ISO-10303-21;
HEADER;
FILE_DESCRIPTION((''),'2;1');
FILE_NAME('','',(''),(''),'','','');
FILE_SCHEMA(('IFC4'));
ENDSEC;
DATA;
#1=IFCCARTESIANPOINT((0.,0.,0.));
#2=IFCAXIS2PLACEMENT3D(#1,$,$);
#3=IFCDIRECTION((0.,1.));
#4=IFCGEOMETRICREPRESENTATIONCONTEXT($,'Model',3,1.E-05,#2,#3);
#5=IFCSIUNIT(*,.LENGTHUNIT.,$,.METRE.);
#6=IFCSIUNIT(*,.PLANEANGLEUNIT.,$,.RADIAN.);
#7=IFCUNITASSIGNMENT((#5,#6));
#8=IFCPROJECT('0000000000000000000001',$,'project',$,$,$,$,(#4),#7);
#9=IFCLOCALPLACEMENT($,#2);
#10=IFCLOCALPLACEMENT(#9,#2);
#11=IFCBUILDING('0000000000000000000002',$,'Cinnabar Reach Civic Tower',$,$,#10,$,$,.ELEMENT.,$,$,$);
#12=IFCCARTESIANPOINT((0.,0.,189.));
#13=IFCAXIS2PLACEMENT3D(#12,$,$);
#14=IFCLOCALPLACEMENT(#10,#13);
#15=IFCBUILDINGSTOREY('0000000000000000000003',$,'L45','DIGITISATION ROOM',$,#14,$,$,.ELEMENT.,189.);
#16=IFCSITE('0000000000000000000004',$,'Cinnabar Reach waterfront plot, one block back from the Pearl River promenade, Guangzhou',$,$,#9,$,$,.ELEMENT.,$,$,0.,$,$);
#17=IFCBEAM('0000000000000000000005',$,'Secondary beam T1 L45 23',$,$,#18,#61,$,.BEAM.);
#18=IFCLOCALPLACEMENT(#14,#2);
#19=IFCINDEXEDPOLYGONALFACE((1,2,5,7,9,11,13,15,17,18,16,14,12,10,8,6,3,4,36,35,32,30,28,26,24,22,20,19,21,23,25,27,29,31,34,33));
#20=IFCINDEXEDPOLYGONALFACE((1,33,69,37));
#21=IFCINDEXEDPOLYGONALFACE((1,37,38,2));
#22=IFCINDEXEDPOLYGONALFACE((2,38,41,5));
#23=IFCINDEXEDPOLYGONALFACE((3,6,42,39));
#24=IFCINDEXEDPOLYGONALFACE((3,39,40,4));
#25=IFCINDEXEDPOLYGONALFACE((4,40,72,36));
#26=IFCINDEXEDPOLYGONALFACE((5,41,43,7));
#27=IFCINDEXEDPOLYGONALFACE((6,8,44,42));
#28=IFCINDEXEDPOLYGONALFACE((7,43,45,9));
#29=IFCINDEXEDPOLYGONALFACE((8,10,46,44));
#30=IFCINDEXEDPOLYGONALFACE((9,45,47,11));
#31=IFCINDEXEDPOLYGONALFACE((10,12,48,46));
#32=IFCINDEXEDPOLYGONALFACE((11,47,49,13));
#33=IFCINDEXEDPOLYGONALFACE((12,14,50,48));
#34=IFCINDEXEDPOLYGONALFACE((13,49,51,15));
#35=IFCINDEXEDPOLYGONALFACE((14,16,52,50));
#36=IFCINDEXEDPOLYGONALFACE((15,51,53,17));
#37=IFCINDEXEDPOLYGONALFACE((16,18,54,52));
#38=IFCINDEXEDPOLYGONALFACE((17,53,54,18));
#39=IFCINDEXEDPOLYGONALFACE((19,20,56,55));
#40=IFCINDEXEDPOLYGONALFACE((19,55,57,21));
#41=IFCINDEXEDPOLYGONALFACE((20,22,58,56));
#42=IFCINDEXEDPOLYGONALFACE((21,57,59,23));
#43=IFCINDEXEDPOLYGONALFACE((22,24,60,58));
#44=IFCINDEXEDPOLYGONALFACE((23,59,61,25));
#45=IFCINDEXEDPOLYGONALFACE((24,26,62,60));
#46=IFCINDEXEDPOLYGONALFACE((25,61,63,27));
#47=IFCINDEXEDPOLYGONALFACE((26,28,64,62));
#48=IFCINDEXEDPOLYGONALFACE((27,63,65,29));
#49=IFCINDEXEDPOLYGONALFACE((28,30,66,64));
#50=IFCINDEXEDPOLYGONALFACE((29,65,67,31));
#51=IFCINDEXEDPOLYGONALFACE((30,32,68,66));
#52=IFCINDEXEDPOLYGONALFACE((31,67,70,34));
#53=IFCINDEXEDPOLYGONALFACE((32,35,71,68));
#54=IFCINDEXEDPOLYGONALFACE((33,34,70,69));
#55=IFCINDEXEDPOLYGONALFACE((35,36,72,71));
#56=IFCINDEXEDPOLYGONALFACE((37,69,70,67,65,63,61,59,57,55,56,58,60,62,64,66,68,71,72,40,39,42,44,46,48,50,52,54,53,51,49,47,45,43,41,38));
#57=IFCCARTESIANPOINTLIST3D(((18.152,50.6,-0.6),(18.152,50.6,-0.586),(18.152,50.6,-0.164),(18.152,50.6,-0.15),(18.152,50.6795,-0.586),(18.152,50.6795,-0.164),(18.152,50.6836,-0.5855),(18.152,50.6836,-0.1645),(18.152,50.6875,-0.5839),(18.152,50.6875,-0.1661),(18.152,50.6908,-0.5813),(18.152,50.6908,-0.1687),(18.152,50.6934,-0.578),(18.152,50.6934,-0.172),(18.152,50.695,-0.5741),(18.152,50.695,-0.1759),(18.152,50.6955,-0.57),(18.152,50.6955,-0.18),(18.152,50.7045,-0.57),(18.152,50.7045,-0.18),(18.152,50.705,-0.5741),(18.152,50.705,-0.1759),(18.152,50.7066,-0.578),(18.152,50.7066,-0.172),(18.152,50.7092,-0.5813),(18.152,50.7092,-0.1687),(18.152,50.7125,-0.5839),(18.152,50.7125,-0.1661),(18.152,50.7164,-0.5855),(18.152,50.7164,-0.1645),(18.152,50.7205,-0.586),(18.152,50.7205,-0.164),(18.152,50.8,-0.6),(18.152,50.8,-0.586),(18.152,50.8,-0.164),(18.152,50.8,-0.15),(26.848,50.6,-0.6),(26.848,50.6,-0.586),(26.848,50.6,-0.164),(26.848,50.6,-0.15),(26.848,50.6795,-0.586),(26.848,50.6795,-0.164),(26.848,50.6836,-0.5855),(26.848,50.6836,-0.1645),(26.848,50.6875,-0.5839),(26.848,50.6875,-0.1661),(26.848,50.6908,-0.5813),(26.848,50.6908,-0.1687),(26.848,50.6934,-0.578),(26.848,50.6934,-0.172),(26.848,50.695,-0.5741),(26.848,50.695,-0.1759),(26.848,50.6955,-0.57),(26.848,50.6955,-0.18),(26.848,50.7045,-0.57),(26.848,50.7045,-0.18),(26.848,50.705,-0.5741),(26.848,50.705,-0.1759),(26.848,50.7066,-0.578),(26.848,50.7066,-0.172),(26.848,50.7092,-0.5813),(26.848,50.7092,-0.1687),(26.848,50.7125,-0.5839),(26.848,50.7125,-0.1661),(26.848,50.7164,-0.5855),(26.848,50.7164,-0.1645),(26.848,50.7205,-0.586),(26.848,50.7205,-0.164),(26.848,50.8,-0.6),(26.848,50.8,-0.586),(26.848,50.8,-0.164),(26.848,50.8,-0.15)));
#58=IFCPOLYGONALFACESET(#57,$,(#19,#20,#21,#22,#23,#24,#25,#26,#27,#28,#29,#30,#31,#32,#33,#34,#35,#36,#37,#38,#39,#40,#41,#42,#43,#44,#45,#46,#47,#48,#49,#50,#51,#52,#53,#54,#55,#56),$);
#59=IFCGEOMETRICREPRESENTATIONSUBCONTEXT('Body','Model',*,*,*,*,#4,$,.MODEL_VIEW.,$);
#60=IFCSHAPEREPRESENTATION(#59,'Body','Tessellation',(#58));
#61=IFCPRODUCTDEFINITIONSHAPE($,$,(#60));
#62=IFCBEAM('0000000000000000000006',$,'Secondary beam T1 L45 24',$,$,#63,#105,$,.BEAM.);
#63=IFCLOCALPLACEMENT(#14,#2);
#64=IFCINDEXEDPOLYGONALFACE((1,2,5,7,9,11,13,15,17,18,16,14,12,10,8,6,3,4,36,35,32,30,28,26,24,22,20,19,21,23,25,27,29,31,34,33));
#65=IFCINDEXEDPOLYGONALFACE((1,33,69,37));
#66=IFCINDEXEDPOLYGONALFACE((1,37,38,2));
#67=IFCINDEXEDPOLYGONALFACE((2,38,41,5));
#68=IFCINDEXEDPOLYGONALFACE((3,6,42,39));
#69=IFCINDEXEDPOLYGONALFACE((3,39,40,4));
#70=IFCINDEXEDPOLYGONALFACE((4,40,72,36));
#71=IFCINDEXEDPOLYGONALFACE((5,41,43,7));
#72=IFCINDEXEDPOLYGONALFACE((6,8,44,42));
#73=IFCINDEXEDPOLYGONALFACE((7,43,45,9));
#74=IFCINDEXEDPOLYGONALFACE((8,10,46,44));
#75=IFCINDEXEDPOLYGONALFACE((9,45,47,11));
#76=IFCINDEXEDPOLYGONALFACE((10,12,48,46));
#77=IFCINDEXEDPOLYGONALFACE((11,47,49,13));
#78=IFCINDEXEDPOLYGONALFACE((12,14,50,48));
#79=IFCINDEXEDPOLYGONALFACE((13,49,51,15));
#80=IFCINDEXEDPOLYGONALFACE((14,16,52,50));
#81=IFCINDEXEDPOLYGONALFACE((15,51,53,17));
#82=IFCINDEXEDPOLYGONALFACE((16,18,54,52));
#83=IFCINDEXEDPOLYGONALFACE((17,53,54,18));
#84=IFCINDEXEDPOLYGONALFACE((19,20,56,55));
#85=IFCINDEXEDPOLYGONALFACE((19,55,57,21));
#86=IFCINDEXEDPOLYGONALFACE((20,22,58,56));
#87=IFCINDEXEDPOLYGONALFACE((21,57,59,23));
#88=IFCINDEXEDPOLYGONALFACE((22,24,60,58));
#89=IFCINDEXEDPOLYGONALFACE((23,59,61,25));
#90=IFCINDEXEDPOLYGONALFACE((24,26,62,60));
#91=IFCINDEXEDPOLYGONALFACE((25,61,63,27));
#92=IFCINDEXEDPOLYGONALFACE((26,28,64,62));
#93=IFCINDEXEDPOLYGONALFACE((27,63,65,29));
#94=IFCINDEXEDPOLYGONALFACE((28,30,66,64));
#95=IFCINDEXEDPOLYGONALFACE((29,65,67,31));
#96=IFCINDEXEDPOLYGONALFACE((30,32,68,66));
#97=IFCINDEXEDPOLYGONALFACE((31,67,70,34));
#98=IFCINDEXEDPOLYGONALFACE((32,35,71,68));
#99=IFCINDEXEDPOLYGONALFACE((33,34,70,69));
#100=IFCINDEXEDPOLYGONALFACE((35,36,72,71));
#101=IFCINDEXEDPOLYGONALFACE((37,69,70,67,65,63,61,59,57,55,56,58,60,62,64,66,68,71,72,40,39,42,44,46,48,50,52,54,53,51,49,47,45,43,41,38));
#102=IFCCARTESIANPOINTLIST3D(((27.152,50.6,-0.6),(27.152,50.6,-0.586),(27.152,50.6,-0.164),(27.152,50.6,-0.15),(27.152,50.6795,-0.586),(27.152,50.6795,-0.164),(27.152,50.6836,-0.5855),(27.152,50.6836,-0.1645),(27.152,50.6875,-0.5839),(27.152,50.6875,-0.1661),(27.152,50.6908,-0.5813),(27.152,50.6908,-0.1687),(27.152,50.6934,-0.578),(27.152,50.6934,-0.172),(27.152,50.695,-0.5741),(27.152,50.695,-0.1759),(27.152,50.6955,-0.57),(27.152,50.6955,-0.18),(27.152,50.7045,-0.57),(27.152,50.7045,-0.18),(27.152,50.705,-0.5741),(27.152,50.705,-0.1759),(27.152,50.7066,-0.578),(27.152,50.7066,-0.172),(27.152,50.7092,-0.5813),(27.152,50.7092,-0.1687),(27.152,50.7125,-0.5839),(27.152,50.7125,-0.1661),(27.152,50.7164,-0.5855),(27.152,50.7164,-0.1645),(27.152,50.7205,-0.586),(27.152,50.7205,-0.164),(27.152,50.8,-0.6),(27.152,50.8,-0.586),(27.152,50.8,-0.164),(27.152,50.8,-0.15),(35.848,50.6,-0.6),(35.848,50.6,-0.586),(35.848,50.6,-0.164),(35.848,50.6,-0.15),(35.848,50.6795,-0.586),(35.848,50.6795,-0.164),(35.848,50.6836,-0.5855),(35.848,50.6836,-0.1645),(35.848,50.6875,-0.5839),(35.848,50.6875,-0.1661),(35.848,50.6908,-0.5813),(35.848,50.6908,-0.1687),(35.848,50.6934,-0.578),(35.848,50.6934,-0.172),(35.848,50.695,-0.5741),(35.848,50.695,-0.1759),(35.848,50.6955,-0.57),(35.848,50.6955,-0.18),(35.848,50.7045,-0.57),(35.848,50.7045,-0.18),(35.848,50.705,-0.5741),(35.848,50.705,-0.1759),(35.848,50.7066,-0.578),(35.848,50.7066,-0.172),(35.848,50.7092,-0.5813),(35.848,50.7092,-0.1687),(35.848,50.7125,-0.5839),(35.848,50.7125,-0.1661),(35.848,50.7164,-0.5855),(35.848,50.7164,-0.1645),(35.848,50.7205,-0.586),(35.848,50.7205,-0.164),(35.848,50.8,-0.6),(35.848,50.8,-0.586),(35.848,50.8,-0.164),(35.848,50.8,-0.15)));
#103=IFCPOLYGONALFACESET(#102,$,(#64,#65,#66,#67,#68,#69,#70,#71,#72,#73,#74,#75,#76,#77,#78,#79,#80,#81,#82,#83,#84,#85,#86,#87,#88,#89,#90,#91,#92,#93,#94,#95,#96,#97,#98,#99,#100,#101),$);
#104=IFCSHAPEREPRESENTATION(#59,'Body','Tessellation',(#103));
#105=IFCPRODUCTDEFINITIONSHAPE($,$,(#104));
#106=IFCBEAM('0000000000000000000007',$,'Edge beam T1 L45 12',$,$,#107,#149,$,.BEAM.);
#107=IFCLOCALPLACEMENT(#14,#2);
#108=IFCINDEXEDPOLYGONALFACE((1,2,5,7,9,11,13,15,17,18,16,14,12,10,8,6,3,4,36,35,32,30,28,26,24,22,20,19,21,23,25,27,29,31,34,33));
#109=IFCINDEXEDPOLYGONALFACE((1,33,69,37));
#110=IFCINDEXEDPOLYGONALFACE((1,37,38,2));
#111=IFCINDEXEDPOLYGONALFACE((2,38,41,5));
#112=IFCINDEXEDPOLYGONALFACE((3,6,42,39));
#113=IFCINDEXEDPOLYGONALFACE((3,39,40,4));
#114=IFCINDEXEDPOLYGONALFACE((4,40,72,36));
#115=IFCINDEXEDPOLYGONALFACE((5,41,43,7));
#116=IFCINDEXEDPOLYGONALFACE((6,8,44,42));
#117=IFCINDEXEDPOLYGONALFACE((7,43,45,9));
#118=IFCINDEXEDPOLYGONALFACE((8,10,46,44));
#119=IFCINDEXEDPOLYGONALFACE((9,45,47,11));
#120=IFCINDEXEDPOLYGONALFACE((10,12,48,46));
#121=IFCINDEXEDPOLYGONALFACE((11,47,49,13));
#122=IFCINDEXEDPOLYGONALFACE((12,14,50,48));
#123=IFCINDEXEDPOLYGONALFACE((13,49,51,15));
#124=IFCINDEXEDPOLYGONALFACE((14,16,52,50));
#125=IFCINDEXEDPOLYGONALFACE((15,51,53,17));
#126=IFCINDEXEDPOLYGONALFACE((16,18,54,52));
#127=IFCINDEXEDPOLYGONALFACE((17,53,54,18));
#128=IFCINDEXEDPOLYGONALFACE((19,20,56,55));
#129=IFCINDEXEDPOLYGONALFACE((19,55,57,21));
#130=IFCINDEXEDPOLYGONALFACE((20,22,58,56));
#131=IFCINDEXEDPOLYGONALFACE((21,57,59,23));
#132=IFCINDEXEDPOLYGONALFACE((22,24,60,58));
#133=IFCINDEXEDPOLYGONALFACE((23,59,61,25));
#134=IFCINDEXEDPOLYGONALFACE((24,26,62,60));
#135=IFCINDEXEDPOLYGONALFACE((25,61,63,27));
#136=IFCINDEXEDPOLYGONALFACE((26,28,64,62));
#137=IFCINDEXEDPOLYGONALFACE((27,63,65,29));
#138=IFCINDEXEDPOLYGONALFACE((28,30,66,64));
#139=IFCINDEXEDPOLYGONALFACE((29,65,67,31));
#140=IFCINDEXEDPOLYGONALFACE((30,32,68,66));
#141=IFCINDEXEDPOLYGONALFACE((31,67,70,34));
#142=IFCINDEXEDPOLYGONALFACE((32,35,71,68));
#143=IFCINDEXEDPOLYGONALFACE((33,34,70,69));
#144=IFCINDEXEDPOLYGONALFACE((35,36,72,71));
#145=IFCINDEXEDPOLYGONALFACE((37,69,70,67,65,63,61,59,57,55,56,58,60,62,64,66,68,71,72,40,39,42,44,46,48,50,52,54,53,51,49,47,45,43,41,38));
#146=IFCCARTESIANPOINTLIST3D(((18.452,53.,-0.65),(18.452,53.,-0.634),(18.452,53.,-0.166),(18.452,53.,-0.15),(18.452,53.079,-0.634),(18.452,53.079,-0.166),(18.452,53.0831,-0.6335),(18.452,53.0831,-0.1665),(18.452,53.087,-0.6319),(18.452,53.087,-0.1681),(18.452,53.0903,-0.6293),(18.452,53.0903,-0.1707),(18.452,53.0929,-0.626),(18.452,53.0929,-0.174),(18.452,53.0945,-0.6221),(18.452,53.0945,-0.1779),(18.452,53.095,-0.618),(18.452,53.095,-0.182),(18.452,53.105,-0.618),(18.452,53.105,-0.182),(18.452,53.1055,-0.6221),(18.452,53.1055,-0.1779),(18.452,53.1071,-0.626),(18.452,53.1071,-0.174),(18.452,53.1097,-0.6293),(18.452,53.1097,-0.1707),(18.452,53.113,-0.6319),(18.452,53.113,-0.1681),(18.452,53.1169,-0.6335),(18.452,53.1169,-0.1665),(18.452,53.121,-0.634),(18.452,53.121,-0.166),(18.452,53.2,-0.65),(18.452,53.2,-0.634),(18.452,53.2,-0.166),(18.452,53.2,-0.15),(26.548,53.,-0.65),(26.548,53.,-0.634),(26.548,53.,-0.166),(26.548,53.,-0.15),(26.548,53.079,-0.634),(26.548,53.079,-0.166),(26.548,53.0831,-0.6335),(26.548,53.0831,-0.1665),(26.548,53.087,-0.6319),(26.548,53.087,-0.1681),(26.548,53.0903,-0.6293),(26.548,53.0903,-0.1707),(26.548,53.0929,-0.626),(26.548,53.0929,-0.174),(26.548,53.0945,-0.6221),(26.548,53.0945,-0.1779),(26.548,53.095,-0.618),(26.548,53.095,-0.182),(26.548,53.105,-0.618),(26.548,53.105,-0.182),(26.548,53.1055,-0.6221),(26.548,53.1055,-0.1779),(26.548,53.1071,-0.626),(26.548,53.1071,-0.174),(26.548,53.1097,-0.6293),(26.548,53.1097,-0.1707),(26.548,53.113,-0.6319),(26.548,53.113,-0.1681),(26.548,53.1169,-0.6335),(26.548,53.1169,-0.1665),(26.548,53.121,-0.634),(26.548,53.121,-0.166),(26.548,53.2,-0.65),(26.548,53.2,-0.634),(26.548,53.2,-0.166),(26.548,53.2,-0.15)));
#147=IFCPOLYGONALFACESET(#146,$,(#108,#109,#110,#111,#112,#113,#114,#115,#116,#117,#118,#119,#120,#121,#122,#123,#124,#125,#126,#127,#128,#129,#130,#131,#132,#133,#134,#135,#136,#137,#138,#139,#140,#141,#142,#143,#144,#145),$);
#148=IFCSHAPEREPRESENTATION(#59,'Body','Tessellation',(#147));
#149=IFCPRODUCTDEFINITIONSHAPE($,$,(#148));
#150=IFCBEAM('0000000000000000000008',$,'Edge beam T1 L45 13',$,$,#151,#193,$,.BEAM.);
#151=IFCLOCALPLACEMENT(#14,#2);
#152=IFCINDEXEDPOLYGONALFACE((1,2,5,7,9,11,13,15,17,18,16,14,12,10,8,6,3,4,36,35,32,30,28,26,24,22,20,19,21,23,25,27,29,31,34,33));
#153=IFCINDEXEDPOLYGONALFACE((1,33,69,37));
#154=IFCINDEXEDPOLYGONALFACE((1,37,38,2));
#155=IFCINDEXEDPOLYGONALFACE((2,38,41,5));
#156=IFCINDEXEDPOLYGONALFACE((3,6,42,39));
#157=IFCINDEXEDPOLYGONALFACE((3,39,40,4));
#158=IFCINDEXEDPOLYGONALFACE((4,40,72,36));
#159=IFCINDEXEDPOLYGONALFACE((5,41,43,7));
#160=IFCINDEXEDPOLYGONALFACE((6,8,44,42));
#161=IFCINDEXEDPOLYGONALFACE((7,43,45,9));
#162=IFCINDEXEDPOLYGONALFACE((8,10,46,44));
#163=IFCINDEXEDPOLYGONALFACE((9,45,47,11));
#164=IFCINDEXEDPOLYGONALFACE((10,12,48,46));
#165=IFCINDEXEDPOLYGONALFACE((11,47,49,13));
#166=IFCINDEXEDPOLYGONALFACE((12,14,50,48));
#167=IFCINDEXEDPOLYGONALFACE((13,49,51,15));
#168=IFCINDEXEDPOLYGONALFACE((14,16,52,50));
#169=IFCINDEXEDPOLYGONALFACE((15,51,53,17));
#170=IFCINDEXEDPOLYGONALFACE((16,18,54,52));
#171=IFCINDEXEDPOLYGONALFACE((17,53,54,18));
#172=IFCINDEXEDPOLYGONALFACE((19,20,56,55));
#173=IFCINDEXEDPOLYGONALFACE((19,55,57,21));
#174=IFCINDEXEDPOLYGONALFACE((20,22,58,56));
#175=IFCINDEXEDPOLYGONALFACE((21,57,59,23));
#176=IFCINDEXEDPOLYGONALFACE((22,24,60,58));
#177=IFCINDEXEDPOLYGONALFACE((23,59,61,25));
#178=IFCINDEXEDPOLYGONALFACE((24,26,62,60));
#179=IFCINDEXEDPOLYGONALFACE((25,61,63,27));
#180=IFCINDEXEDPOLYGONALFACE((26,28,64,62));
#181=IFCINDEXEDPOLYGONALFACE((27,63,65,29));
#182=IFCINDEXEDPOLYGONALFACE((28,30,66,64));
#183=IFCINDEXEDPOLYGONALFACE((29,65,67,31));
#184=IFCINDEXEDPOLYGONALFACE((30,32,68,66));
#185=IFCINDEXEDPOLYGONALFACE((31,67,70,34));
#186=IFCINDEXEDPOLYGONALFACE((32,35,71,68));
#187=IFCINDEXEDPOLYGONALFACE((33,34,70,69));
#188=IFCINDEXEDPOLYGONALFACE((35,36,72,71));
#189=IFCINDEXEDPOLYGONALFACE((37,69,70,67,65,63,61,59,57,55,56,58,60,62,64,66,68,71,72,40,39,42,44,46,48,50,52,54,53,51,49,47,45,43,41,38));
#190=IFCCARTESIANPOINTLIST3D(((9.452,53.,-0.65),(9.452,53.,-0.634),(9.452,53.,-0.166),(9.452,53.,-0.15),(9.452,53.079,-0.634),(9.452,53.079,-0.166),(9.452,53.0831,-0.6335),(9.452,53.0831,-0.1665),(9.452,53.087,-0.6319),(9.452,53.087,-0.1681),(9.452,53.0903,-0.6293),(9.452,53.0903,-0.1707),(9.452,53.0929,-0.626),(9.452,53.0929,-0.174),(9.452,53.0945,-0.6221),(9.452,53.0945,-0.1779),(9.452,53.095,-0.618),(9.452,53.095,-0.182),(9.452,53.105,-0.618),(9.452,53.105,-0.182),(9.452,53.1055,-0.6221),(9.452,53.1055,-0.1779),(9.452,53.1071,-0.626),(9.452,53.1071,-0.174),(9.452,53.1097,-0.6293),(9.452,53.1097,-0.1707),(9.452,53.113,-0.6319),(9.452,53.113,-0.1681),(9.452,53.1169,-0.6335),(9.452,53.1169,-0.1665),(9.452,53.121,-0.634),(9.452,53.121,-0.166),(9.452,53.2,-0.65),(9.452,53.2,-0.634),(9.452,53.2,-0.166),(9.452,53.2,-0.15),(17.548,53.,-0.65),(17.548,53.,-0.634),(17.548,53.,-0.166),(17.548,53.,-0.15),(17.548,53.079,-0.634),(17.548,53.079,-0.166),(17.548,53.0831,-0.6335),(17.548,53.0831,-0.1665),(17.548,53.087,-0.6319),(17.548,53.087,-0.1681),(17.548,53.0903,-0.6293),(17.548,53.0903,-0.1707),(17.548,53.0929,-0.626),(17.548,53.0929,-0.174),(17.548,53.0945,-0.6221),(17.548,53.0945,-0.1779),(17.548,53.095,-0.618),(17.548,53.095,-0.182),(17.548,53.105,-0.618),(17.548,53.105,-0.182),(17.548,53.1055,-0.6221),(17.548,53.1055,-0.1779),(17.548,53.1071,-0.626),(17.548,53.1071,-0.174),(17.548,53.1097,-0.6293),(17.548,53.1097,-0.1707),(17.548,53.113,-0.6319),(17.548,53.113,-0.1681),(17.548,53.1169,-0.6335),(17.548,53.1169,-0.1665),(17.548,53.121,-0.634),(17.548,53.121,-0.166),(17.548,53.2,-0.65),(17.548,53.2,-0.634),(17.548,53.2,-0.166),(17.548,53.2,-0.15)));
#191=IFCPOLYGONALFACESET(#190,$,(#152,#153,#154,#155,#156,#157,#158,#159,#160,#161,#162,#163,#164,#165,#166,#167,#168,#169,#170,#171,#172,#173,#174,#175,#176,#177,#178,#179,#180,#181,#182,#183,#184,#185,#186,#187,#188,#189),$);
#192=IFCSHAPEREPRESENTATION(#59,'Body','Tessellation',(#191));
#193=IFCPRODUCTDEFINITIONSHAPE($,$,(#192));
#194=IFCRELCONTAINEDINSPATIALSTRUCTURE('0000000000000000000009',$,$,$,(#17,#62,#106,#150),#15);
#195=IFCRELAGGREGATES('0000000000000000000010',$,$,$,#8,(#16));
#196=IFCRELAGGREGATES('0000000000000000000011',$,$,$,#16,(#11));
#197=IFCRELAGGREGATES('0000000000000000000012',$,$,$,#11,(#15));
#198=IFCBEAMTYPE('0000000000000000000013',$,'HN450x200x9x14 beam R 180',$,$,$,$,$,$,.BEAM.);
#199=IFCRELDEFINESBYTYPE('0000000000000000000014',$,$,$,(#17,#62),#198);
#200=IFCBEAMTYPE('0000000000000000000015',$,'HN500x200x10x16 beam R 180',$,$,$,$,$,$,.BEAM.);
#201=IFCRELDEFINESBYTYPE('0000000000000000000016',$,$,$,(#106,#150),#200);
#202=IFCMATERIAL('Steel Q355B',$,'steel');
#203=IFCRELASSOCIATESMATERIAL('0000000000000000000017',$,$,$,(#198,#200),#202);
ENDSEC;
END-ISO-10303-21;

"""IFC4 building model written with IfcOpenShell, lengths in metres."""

from ifc_helpers import new_model, si_unit, direction, frame, origin, origin_2d, place, context, subcontext, project, spatial, i_section, extrude, material, material_profile, profile_set, type_object, element, save


model = new_model("IFC4")

# Units and contexts
model_context = context("Model", 3, precision=1e-05, world=origin(), true_north=direction((0.0, 1.0)))
body_context = subcontext(model_context, "Body", "Model", "MODEL_VIEW")
ifc_project = project(units=[si_unit("LENGTHUNIT", "METRE"), si_unit("PLANEANGLEUNIT", "RADIAN")], contexts=[model_context])

# Site, building, storey
site_placement = place(None, origin())
site = spatial("IfcSite", under=ifc_project, at=site_placement, Name="Cinnabar Reach waterfront plot, one block back from the Pearl River promenade, Guangzhou", CompositionType="ELEMENT", RefElevation=0.0)
building_placement = place(site_placement, origin())
building = spatial("IfcBuilding", under=site, at=building_placement, Name="Cinnabar Reach Civic Tower", CompositionType="ELEMENT")
storey_placement = place(building_placement, frame((0.0, 0.0, 189.0)))
storey = spatial("IfcBuildingStorey", under=building, at=storey_placement, Name="L45", Description="DIGITISATION ROOM", CompositionType="ELEMENT", Elevation=189.0)

# Beams
ifc_material_1 = material(Name="Steel Q355B", Category="steel")
ifc_material_profile_1 = material_profile(ifc_material_1, i_section(OverallWidth=0.2, OverallDepth=0.45, WebThickness=0.009, FlangeThickness=0.014, FilletRadius=0.016, at=origin_2d()), Name="HN450x200x9x14")
ifc_profile_set_1 = profile_set([ifc_material_profile_1], Name="Steel Q355B")
beam_type_1 = type_object("IfcBeamType", Name="HN450x200x9x14 beam R 180", PredefinedType="BEAM", material=ifc_profile_set_1)
for number, where, z_axis, x_axis, name in (
    (1, (18.152, 50.7, -0.375), (1.0, 0.0, 0.0), (0.0, 1.0, 0.0), "Secondary beam T1 L45 23"),
    (2, (27.152, 50.7, -0.375), (1.0, 0.0, 0.0), (0.0, 1.0, 0.0), "Secondary beam T1 L45 24"),
):
    element("IfcBeam", number, at=place(storey_placement, frame(where, z_axis=z_axis, x_axis=x_axis)), inside=storey, type_object=beam_type_1, Name=name, PredefinedType="BEAM", context=body_context, shape_type="SweptSolid", body=[
        extrude(i_section(OverallWidth=0.2, OverallDepth=0.45, WebThickness=0.009, FlangeThickness=0.014, FilletRadius=0.016, at=origin_2d()), origin(), (0.0, 0.0, 1.0), 8.696),
    ])
ifc_material_profile_2 = material_profile(ifc_material_1, i_section(OverallWidth=0.2, OverallDepth=0.5, WebThickness=0.01, FlangeThickness=0.016, FilletRadius=0.016, at=origin_2d()), Name="HN500x200x10x16")
ifc_profile_set_2 = profile_set([ifc_material_profile_2], Name="Steel Q355B")
beam_type_2 = type_object("IfcBeamType", Name="HN500x200x10x16 beam R 180", PredefinedType="BEAM", material=ifc_profile_set_2)
for number, where, z_axis, x_axis, name in (
    (3, (26.548, 53.1, -0.4), (-1.0, 0.0, 0.0), (0.0, -1.0, 0.0), "Edge beam T1 L45 12"),
    (4, (17.548, 53.1, -0.4), (-1.0, 0.0, 0.0), (0.0, -1.0, 0.0), "Edge beam T1 L45 13"),
):
    element("IfcBeam", number, at=place(storey_placement, frame(where, z_axis=z_axis, x_axis=x_axis)), inside=storey, type_object=beam_type_2, Name=name, PredefinedType="BEAM", context=body_context, shape_type="SweptSolid", body=[
        extrude(i_section(OverallWidth=0.2, OverallDepth=0.5, WebThickness=0.01, FlangeThickness=0.016, FilletRadius=0.016, at=origin_2d()), origin(), (0.0, 0.0, 1.0), 8.096),
    ])

save(model, "model.ifc")
